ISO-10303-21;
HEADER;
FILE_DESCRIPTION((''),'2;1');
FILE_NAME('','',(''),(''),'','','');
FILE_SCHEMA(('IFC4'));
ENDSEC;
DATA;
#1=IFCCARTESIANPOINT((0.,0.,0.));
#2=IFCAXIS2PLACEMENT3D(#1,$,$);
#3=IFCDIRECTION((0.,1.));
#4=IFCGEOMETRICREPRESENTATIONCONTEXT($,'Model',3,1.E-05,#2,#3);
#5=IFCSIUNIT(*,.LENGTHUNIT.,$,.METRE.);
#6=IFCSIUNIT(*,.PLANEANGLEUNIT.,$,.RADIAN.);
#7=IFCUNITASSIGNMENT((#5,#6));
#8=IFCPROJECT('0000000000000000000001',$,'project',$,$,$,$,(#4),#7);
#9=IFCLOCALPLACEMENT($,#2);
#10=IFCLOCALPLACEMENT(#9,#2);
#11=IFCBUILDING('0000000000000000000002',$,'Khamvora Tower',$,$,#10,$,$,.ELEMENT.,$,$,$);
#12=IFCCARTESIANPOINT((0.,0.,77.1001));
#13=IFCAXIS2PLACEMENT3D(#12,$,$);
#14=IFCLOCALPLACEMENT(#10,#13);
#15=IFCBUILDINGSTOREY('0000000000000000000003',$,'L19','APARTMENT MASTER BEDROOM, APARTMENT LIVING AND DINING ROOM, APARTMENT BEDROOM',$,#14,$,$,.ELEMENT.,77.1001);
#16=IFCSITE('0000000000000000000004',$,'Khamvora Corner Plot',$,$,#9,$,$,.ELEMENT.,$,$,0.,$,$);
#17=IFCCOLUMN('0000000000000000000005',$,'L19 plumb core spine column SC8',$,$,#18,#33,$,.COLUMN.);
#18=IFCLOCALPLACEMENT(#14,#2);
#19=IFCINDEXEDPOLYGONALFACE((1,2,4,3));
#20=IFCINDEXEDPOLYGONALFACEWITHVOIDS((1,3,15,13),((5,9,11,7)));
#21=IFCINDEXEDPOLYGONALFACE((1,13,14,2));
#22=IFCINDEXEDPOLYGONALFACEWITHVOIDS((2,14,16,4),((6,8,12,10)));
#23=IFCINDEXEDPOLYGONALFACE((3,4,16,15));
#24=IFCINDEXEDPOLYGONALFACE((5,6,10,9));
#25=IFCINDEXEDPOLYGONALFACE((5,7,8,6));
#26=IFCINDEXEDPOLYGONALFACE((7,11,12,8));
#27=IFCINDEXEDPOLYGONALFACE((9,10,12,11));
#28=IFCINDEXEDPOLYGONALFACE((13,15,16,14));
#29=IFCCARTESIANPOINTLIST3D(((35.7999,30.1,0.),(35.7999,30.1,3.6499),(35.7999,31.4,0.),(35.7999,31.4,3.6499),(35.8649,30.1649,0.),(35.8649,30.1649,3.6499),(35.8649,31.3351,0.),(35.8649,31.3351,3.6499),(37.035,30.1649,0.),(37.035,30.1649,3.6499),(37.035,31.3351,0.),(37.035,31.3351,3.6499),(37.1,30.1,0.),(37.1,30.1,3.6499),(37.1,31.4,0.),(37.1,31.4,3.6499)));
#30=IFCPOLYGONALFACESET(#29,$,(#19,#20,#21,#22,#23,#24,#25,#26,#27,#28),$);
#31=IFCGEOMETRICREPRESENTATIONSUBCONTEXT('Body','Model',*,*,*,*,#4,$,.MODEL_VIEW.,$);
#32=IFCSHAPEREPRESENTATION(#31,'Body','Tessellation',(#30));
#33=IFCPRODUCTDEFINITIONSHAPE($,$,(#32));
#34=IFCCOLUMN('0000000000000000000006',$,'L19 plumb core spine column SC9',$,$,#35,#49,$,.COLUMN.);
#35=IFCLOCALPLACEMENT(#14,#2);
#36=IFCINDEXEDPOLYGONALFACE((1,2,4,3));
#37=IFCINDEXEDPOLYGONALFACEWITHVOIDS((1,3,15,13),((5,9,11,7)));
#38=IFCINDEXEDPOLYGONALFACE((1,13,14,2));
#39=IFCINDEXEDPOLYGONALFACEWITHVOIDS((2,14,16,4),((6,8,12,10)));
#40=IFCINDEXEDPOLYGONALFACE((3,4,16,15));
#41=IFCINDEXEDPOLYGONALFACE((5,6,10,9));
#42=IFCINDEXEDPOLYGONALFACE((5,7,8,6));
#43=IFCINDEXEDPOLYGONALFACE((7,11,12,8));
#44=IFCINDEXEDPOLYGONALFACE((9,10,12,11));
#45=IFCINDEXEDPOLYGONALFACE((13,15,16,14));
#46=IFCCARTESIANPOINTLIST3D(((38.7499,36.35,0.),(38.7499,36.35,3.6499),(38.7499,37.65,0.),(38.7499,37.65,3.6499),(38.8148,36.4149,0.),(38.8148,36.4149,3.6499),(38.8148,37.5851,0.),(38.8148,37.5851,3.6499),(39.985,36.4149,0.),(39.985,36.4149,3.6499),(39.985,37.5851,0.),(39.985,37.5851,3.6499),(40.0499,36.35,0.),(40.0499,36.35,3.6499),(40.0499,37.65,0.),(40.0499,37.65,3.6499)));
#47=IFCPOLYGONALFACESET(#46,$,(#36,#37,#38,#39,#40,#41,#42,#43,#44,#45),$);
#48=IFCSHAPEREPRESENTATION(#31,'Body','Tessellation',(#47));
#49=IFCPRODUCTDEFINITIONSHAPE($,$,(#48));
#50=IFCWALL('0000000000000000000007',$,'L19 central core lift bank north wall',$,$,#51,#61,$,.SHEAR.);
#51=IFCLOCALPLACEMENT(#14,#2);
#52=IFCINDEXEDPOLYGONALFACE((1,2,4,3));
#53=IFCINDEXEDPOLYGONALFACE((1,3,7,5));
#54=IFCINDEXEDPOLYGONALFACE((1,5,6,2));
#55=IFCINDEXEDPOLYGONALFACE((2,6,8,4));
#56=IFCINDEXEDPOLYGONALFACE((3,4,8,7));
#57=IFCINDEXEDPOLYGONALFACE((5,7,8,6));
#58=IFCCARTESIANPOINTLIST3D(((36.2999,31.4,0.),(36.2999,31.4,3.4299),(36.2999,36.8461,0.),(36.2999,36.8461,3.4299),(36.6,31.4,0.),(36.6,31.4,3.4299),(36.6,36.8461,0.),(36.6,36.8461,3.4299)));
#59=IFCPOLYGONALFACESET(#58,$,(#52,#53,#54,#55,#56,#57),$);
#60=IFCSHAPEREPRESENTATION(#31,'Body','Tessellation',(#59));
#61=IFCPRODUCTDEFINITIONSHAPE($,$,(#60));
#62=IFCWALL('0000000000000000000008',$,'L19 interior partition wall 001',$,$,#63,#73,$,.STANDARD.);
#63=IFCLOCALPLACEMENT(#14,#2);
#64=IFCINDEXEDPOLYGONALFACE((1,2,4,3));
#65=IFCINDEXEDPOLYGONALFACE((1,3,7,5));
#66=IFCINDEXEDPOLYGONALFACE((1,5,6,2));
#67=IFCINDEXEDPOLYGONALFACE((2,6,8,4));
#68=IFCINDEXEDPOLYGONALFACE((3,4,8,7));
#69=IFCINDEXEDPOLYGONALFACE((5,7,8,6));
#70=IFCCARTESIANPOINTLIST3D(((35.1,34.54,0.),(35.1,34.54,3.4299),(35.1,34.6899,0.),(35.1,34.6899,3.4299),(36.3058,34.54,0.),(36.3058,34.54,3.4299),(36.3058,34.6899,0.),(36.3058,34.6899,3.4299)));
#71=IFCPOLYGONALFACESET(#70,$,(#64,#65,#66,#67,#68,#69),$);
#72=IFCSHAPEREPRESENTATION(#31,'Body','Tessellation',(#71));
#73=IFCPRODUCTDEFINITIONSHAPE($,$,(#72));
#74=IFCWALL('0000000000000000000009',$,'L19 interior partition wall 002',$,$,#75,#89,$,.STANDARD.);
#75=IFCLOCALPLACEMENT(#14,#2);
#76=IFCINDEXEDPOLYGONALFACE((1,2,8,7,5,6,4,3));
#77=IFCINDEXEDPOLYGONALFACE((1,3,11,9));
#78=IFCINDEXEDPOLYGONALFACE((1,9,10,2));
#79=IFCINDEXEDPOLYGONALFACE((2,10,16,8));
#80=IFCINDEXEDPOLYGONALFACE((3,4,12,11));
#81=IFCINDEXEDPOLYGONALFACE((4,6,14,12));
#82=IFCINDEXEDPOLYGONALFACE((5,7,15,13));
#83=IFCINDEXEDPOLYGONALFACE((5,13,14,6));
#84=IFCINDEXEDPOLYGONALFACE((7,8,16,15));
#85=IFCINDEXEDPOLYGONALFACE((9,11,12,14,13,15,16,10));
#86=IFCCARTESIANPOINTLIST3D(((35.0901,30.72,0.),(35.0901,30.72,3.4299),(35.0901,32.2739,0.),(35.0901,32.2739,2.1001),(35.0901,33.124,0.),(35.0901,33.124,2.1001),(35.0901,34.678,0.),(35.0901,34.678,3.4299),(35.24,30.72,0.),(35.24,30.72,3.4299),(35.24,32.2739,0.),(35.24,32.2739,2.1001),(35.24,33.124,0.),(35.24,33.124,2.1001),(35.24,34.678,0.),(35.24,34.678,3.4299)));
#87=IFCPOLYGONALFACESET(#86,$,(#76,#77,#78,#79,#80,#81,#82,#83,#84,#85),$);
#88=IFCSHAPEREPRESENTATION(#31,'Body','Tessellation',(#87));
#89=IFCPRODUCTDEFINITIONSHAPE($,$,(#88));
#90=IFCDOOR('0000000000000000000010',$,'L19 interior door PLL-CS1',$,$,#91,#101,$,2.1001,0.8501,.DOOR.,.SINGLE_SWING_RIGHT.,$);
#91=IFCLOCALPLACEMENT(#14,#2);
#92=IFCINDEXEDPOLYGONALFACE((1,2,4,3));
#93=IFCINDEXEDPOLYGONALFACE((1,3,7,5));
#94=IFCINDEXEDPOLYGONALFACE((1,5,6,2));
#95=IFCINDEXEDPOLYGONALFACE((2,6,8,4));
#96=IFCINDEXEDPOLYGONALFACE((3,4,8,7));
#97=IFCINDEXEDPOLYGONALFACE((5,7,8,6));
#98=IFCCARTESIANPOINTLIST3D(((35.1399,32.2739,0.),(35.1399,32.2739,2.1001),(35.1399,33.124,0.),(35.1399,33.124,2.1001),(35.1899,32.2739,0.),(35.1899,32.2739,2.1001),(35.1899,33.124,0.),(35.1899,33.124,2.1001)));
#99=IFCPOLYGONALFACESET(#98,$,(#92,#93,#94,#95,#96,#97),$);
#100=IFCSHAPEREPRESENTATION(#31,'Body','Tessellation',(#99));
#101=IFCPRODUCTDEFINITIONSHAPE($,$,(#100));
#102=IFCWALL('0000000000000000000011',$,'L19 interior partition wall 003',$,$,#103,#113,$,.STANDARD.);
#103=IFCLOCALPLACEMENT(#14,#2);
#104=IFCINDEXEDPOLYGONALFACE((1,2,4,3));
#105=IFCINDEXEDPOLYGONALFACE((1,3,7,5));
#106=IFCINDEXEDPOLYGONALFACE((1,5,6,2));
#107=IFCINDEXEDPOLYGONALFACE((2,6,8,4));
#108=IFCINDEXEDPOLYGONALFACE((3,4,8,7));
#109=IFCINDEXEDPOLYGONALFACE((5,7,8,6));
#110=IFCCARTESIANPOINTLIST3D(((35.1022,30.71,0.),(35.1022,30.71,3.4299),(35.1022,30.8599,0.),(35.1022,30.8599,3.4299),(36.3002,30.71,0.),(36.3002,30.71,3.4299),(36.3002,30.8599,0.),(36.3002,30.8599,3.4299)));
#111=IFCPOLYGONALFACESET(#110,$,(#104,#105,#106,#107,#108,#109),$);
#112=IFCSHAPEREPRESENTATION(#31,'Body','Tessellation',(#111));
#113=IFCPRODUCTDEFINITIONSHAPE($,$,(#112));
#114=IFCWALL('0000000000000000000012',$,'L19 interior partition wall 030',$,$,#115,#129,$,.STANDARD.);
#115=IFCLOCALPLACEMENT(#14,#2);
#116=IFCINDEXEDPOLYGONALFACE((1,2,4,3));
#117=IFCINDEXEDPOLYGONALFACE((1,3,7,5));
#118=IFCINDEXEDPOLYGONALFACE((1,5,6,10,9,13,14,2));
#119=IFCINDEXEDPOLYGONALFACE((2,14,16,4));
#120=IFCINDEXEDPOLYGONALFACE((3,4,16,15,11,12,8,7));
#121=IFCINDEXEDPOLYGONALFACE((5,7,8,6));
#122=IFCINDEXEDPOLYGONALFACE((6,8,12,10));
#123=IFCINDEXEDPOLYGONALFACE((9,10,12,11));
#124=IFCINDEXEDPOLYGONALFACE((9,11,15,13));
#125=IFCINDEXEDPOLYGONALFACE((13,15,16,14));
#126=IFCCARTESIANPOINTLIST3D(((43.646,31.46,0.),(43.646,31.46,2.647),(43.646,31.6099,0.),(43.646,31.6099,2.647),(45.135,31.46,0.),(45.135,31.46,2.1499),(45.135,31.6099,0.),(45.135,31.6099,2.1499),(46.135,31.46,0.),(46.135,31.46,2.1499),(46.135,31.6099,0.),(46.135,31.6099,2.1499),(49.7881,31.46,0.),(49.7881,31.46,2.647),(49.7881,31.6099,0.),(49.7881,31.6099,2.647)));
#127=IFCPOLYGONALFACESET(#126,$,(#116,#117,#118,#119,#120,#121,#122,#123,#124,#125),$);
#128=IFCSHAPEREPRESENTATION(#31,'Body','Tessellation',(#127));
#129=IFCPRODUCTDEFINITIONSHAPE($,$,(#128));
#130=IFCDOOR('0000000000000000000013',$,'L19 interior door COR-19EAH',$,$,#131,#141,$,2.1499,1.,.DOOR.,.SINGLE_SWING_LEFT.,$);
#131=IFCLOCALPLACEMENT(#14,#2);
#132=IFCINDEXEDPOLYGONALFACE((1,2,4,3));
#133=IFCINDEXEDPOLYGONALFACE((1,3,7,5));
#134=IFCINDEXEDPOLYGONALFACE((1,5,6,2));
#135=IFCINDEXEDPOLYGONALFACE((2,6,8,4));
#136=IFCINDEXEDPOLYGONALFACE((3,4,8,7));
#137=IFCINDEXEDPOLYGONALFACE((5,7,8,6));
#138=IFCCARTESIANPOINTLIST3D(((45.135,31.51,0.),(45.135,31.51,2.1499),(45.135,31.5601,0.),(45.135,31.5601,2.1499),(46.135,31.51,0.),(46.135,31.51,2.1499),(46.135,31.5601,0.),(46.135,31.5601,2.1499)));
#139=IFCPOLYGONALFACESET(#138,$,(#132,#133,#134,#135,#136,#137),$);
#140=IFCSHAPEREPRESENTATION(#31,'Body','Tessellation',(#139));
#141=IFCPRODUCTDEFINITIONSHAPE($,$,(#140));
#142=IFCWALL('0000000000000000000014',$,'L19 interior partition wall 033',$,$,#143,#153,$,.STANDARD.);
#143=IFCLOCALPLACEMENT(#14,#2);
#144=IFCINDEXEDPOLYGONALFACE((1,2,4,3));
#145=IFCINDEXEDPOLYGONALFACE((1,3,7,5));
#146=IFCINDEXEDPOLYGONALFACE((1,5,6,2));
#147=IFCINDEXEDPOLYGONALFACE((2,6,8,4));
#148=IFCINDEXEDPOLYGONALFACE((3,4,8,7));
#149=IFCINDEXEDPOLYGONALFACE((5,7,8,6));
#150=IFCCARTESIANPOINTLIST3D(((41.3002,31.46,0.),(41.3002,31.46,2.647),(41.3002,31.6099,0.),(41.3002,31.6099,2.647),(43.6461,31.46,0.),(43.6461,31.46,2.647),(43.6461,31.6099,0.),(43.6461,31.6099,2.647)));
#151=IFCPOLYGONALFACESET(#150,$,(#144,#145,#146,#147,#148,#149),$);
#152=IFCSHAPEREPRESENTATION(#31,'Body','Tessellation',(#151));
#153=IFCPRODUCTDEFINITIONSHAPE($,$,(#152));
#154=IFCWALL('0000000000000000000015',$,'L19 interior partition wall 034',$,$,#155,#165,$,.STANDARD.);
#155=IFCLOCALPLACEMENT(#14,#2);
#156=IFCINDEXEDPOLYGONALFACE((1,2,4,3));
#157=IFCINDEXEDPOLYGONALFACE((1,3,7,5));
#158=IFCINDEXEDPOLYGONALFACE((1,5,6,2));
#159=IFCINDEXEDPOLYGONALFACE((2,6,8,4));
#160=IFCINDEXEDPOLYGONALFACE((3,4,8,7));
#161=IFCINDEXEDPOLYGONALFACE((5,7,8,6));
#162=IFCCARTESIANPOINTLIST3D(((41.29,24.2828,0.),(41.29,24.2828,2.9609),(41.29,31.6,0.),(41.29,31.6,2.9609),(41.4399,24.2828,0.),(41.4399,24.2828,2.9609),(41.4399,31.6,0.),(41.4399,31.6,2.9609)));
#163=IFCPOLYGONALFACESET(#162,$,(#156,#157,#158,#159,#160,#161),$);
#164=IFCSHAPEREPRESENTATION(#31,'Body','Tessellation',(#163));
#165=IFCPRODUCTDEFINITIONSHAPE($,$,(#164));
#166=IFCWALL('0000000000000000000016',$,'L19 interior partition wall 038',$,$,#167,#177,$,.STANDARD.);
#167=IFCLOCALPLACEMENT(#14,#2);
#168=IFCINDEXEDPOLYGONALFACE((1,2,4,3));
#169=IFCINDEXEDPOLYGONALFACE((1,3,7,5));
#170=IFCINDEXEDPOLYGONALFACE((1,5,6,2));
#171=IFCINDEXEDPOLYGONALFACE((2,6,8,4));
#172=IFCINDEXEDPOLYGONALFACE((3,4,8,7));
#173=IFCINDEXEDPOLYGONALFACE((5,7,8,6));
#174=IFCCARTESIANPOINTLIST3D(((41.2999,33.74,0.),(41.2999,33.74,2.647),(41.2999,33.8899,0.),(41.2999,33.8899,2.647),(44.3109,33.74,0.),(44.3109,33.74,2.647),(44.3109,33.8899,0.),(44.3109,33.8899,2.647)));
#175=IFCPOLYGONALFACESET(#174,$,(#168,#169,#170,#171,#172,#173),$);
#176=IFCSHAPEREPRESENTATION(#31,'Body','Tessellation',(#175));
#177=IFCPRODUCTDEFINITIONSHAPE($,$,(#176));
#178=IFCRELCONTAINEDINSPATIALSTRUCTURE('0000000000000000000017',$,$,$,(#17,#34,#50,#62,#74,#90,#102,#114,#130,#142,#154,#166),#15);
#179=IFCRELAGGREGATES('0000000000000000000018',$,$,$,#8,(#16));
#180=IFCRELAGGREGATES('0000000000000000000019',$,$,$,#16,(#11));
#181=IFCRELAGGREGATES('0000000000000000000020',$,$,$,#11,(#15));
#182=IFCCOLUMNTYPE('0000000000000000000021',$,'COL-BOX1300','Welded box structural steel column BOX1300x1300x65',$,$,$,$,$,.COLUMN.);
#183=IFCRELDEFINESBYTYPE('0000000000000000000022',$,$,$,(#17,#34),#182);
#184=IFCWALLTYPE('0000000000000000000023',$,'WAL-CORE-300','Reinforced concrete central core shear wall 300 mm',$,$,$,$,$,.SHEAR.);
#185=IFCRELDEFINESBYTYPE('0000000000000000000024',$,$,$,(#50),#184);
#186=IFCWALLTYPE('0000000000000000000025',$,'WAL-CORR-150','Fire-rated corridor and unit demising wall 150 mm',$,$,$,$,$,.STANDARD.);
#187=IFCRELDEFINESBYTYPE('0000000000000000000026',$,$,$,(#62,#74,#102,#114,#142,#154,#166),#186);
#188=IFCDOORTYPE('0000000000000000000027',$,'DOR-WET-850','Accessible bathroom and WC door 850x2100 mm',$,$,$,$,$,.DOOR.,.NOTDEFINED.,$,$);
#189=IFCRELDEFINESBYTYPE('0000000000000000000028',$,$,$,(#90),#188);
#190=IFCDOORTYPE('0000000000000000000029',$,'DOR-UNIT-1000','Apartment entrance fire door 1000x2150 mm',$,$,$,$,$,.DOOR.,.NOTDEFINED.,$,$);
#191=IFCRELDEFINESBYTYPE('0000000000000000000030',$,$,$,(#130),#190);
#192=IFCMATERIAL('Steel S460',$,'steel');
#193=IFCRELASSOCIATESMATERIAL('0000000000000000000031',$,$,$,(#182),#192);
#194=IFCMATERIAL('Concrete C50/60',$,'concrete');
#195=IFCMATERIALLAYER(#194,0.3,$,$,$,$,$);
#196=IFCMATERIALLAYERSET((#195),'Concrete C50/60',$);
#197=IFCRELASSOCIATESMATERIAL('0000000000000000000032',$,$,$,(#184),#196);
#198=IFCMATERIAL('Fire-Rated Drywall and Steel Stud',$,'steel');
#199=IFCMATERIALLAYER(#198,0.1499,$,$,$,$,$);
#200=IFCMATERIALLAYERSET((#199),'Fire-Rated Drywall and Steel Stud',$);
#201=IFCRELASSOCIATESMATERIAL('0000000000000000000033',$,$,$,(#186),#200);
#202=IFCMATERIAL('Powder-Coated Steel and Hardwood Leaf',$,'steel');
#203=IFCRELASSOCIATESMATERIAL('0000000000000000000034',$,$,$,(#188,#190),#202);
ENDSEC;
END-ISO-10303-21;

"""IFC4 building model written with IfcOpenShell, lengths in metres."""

from ifc_helpers import new_model, si_unit, direction, frame, frame_2d, origin, origin_2d, place, context, subcontext, project, spatial, rectangle, hollow_rectangle, extrude, material, layer, layer_set, material_profile, profile_set, type_object, element, fill, save


model = new_model("IFC4")

# Units and contexts
model_context = context("Model", 3, precision=1e-05, world=origin(), true_north=direction((0.0, 1.0)))
body_context = subcontext(model_context, "Body", "Model", "MODEL_VIEW")
ifc_project = project(units=[si_unit("LENGTHUNIT", "METRE"), si_unit("PLANEANGLEUNIT", "RADIAN")], contexts=[model_context])

# Site, building, storey
site_placement = place(None, origin())
site = spatial("IfcSite", under=ifc_project, at=site_placement, Name="Khamvora Corner Plot", CompositionType="ELEMENT", RefElevation=0.0)
building_placement = place(site_placement, origin())
building = spatial("IfcBuilding", under=site, at=building_placement, Name="Khamvora Tower", CompositionType="ELEMENT")
storey_placement = place(building_placement, frame((0.0, 0.0, 77.1001)))
storey = spatial("IfcBuildingStorey", under=building, at=storey_placement, Name="L19", Description="APARTMENT MASTER BEDROOM, APARTMENT LIVING AND DINING ROOM, APARTMENT BEDROOM", CompositionType="ELEMENT", Elevation=77.1001)

# Columns
ifc_material_1 = material(Name="Steel S460", Category="steel")
ifc_material_profile = material_profile(ifc_material_1, hollow_rectangle(XDim=1.3, YDim=1.3, WallThickness=0.0649, at=origin_2d()), Name="BOX1300x1300x65")
ifc_profile_set = profile_set([ifc_material_profile], Name="Steel S460")
column_type = type_object("IfcColumnType", Name="COL-BOX1300", Description="Welded box structural steel column BOX1300x1300x65", PredefinedType="COLUMN", material=ifc_profile_set)
for number, where, z_axis, x_axis, name in (
    (1, (36.45, 30.75, 0.0), (0.0, 0.0, 1.0), (1.0, 0.0, 0.0), "L19 plumb core spine column SC8"),
    (2, (39.3999, 37.0, 0.0), (0.0, 0.0, 1.0), (1.0, 0.0, 0.0), "L19 plumb core spine column SC9"),
):
    element("IfcColumn", number, at=place(storey_placement, frame(where, z_axis=z_axis, x_axis=x_axis)), inside=storey, type_object=column_type, Name=name, PredefinedType="COLUMN", context=body_context, shape_type="SweptSolid", body=[
        extrude(hollow_rectangle(XDim=1.3, YDim=1.3, WallThickness=0.0649, at=origin_2d()), origin(), (0.0, 0.0, 1.0), 3.6499),
    ])

# Walls
ifc_material_2 = material(Name="Concrete C50/60", Category="concrete")
ifc_layer_1 = layer(ifc_material_2, 0.3)
ifc_layer_set_1 = layer_set([ifc_layer_1], Name="Concrete C50/60")
wall_type_1 = type_object("IfcWallType", Name="WAL-CORE-300", Description="Reinforced concrete central core shear wall 300 mm", PredefinedType="SHEAR", material=ifc_layer_set_1)
wall_1_placement = place(storey_placement, frame((36.45, 31.3999, 0.0), z_axis=(0.0, 0.0, 1.0), x_axis=(0.0, 1.0, 0.0)))
element("IfcWall", 3, at=wall_1_placement, inside=storey, type_object=wall_type_1, Name="L19 central core lift bank north wall", PredefinedType="SHEAR", context=body_context, shape_type="SweptSolid", body=[
    extrude(rectangle(XDim=5.446, YDim=0.3, at=frame_2d((2.7231, 0.0))), origin(), (0.0, 0.0, 1.0), 3.4299),
])
ifc_material_3 = material(Name="Fire-Rated Drywall and Steel Stud", Category="steel")
ifc_layer_2 = layer(ifc_material_3, 0.1499)
ifc_layer_set_2 = layer_set([ifc_layer_2], Name="Fire-Rated Drywall and Steel Stud")
wall_type_2 = type_object("IfcWallType", Name="WAL-CORR-150", Description="Fire-rated corridor and unit demising wall 150 mm", PredefinedType="STANDARD", material=ifc_layer_set_2)
wall_2_placement = place(storey_placement, frame((36.3059, 34.615, 0.0), z_axis=(0.0, 0.0, 1.0), x_axis=(-1.0, 0.0, 0.0)))
element("IfcWall", 4, at=wall_2_placement, inside=storey, type_object=wall_type_2, Name="L19 interior partition wall 001", PredefinedType="STANDARD", context=body_context, shape_type="SweptSolid", body=[
    extrude(rectangle(XDim=1.2058, YDim=0.1499, at=frame_2d((0.603, 0.0))), origin(), (0.0, 0.0, 1.0), 3.4299),
])

# Wall, opening, door
wall_3_placement = place(storey_placement, frame((35.165, 34.678, 0.0), z_axis=(0.0, 0.0, 1.0), x_axis=(0.0, -1.0, 0.0)))
wall_3 = element("IfcWall", 5, at=wall_3_placement, inside=storey, type_object=wall_type_2, Name="L19 interior partition wall 002", PredefinedType="STANDARD", context=body_context, shape_type="SweptSolid", body=[
    extrude(rectangle(XDim=3.958, YDim=0.1499, at=frame_2d((1.979, 0.0))), origin(), (0.0, 0.0, 1.0), 3.4299),
])
opening_1_placement = place(wall_3_placement, frame((1.554, 0.0, 0.0)))
opening_1 = element("IfcOpeningElement", 6, at=opening_1_placement, cuts=wall_3, PredefinedType="OPENING", context=body_context, shape_type="SweptSolid", body=[
    extrude(rectangle(XDim=0.8501, YDim=2.1001, at=frame_2d((0.425, 1.05))), frame((0.0, 0.085, 0.0), z_axis=(0.0, -1.0, 0.0), x_axis=(1.0, 0.0, 0.0)), (0.0, 0.0, 1.0), 0.1699),
])
ifc_material_4 = material(Name="Powder-Coated Steel and Hardwood Leaf", Category="steel")
door_type_1 = type_object("IfcDoorType", Name="DOR-WET-850", Description="Accessible bathroom and WC door 850x2100 mm", OperationType="NOTDEFINED", PredefinedType="DOOR", material=ifc_material_4)
door_1_placement = place(opening_1_placement, origin())
door_1 = element("IfcDoor", 7, at=door_1_placement, inside=storey, type_object=door_type_1, Name="L19 interior door PLL-CS1", OperationType="SINGLE_SWING_RIGHT", OverallHeight=2.1001, OverallWidth=0.8501, PredefinedType="DOOR", context=body_context, shape_type="SweptSolid", body=[
    extrude(rectangle(XDim=0.8501, YDim=2.1001, at=frame_2d((0.425, 1.05))), frame((0.0, 0.0249, 0.0), z_axis=(0.0, -1.0, 0.0), x_axis=(1.0, 0.0, 0.0)), (0.0, 0.0, 1.0), 0.05),
])
fill(opening_1, door_1)

# Wall
wall_4_placement = place(storey_placement, frame((35.1021, 30.7849, 0.0), z_axis=(0.0, 0.0, 1.0), x_axis=(1.0, 0.0, 0.0)))
element("IfcWall", 8, at=wall_4_placement, inside=storey, type_object=wall_type_2, Name="L19 interior partition wall 003", PredefinedType="STANDARD", context=body_context, shape_type="SweptSolid", body=[
    extrude(rectangle(XDim=1.198, YDim=0.1499, at=frame_2d((0.5991, 0.0))), origin(), (0.0, 0.0, 1.0), 3.4299),
])

# Wall, opening, door
wall_5_placement = place(storey_placement, frame((49.7881, 31.5349, 0.0), z_axis=(0.0, 0.0, 1.0), x_axis=(-1.0, 0.0, 0.0)))
wall_5 = element("IfcWall", 9, at=wall_5_placement, inside=storey, type_object=wall_type_2, Name="L19 interior partition wall 030", PredefinedType="STANDARD", context=body_context, shape_type="SweptSolid", body=[
    extrude(rectangle(XDim=6.1421, YDim=0.1499, at=frame_2d((3.071, 0.0))), origin(), (0.0, 0.0, 1.0), 2.647),
])
opening_2_placement = place(wall_5_placement, frame((3.6531, 0.0, 0.0)))
opening_2 = element("IfcOpeningElement", 10, at=opening_2_placement, cuts=wall_5, PredefinedType="OPENING", context=body_context, shape_type="SweptSolid", body=[
    extrude(rectangle(XDim=1.0, YDim=2.1499, at=frame_2d((0.5, 1.075))), frame((0.0, 0.085, 0.0), z_axis=(0.0, -1.0, 0.0), x_axis=(1.0, 0.0, 0.0)), (0.0, 0.0, 1.0), 0.1699),
])
door_type_2 = type_object("IfcDoorType", Name="DOR-UNIT-1000", Description="Apartment entrance fire door 1000x2150 mm", OperationType="NOTDEFINED", PredefinedType="DOOR", material=ifc_material_4)
door_2_placement = place(opening_2_placement, origin())
door_2 = element("IfcDoor", 11, at=door_2_placement, inside=storey, type_object=door_type_2, Name="L19 interior door COR-19EAH", OperationType="SINGLE_SWING_LEFT", OverallHeight=2.1499, OverallWidth=1.0, PredefinedType="DOOR", context=body_context, shape_type="SweptSolid", body=[
    extrude(rectangle(XDim=1.0, YDim=2.1499, at=frame_2d((0.5, 1.075))), frame((0.0, 0.0249, 0.0), z_axis=(0.0, -1.0, 0.0), x_axis=(1.0, 0.0, 0.0)), (0.0, 0.0, 1.0), 0.05),
])
fill(opening_2, door_2)

# Walls
wall_6_placement = place(storey_placement, frame((43.646, 31.5349, 0.0), z_axis=(0.0, 0.0, 1.0), x_axis=(-1.0, 0.0, 0.0)))
element("IfcWall", 12, at=wall_6_placement, inside=storey, type_object=wall_type_2, Name="L19 interior partition wall 033", PredefinedType="STANDARD", context=body_context, shape_type="SweptSolid", body=[
    extrude(rectangle(XDim=2.3459, YDim=0.1499, at=frame_2d((1.1729, 0.0))), origin(), (0.0, 0.0, 1.0), 2.647),
])
wall_7_placement = place(storey_placement, frame((41.365, 31.6001, 0.0), z_axis=(0.0, 0.0, 1.0), x_axis=(0.0, -1.0, 0.0)))
element("IfcWall", 13, at=wall_7_placement, inside=storey, type_object=wall_type_2, Name="L19 interior partition wall 034", PredefinedType="STANDARD", context=body_context, shape_type="SweptSolid", body=[
    extrude(rectangle(XDim=7.3171, YDim=0.1499, at=frame_2d((3.6587, 0.0))), origin(), (0.0, 0.0, 1.0), 2.9609),
])

# Wall
wall_8_placement = place(storey_placement, frame((41.3, 33.8149, 0.0), z_axis=(0.0, 0.0, 1.0), x_axis=(1.0, 0.0, 0.0)))
element("IfcWall", 14, at=wall_8_placement, inside=storey, type_object=wall_type_2, Name="L19 interior partition wall 038", PredefinedType="STANDARD", context=body_context, shape_type="SweptSolid", body=[
    extrude(rectangle(XDim=3.011, YDim=0.1499, at=frame_2d((1.5054, 0.0))), origin(), (0.0, 0.0, 1.0), 2.647),
])

save(model, "model.ifc")
